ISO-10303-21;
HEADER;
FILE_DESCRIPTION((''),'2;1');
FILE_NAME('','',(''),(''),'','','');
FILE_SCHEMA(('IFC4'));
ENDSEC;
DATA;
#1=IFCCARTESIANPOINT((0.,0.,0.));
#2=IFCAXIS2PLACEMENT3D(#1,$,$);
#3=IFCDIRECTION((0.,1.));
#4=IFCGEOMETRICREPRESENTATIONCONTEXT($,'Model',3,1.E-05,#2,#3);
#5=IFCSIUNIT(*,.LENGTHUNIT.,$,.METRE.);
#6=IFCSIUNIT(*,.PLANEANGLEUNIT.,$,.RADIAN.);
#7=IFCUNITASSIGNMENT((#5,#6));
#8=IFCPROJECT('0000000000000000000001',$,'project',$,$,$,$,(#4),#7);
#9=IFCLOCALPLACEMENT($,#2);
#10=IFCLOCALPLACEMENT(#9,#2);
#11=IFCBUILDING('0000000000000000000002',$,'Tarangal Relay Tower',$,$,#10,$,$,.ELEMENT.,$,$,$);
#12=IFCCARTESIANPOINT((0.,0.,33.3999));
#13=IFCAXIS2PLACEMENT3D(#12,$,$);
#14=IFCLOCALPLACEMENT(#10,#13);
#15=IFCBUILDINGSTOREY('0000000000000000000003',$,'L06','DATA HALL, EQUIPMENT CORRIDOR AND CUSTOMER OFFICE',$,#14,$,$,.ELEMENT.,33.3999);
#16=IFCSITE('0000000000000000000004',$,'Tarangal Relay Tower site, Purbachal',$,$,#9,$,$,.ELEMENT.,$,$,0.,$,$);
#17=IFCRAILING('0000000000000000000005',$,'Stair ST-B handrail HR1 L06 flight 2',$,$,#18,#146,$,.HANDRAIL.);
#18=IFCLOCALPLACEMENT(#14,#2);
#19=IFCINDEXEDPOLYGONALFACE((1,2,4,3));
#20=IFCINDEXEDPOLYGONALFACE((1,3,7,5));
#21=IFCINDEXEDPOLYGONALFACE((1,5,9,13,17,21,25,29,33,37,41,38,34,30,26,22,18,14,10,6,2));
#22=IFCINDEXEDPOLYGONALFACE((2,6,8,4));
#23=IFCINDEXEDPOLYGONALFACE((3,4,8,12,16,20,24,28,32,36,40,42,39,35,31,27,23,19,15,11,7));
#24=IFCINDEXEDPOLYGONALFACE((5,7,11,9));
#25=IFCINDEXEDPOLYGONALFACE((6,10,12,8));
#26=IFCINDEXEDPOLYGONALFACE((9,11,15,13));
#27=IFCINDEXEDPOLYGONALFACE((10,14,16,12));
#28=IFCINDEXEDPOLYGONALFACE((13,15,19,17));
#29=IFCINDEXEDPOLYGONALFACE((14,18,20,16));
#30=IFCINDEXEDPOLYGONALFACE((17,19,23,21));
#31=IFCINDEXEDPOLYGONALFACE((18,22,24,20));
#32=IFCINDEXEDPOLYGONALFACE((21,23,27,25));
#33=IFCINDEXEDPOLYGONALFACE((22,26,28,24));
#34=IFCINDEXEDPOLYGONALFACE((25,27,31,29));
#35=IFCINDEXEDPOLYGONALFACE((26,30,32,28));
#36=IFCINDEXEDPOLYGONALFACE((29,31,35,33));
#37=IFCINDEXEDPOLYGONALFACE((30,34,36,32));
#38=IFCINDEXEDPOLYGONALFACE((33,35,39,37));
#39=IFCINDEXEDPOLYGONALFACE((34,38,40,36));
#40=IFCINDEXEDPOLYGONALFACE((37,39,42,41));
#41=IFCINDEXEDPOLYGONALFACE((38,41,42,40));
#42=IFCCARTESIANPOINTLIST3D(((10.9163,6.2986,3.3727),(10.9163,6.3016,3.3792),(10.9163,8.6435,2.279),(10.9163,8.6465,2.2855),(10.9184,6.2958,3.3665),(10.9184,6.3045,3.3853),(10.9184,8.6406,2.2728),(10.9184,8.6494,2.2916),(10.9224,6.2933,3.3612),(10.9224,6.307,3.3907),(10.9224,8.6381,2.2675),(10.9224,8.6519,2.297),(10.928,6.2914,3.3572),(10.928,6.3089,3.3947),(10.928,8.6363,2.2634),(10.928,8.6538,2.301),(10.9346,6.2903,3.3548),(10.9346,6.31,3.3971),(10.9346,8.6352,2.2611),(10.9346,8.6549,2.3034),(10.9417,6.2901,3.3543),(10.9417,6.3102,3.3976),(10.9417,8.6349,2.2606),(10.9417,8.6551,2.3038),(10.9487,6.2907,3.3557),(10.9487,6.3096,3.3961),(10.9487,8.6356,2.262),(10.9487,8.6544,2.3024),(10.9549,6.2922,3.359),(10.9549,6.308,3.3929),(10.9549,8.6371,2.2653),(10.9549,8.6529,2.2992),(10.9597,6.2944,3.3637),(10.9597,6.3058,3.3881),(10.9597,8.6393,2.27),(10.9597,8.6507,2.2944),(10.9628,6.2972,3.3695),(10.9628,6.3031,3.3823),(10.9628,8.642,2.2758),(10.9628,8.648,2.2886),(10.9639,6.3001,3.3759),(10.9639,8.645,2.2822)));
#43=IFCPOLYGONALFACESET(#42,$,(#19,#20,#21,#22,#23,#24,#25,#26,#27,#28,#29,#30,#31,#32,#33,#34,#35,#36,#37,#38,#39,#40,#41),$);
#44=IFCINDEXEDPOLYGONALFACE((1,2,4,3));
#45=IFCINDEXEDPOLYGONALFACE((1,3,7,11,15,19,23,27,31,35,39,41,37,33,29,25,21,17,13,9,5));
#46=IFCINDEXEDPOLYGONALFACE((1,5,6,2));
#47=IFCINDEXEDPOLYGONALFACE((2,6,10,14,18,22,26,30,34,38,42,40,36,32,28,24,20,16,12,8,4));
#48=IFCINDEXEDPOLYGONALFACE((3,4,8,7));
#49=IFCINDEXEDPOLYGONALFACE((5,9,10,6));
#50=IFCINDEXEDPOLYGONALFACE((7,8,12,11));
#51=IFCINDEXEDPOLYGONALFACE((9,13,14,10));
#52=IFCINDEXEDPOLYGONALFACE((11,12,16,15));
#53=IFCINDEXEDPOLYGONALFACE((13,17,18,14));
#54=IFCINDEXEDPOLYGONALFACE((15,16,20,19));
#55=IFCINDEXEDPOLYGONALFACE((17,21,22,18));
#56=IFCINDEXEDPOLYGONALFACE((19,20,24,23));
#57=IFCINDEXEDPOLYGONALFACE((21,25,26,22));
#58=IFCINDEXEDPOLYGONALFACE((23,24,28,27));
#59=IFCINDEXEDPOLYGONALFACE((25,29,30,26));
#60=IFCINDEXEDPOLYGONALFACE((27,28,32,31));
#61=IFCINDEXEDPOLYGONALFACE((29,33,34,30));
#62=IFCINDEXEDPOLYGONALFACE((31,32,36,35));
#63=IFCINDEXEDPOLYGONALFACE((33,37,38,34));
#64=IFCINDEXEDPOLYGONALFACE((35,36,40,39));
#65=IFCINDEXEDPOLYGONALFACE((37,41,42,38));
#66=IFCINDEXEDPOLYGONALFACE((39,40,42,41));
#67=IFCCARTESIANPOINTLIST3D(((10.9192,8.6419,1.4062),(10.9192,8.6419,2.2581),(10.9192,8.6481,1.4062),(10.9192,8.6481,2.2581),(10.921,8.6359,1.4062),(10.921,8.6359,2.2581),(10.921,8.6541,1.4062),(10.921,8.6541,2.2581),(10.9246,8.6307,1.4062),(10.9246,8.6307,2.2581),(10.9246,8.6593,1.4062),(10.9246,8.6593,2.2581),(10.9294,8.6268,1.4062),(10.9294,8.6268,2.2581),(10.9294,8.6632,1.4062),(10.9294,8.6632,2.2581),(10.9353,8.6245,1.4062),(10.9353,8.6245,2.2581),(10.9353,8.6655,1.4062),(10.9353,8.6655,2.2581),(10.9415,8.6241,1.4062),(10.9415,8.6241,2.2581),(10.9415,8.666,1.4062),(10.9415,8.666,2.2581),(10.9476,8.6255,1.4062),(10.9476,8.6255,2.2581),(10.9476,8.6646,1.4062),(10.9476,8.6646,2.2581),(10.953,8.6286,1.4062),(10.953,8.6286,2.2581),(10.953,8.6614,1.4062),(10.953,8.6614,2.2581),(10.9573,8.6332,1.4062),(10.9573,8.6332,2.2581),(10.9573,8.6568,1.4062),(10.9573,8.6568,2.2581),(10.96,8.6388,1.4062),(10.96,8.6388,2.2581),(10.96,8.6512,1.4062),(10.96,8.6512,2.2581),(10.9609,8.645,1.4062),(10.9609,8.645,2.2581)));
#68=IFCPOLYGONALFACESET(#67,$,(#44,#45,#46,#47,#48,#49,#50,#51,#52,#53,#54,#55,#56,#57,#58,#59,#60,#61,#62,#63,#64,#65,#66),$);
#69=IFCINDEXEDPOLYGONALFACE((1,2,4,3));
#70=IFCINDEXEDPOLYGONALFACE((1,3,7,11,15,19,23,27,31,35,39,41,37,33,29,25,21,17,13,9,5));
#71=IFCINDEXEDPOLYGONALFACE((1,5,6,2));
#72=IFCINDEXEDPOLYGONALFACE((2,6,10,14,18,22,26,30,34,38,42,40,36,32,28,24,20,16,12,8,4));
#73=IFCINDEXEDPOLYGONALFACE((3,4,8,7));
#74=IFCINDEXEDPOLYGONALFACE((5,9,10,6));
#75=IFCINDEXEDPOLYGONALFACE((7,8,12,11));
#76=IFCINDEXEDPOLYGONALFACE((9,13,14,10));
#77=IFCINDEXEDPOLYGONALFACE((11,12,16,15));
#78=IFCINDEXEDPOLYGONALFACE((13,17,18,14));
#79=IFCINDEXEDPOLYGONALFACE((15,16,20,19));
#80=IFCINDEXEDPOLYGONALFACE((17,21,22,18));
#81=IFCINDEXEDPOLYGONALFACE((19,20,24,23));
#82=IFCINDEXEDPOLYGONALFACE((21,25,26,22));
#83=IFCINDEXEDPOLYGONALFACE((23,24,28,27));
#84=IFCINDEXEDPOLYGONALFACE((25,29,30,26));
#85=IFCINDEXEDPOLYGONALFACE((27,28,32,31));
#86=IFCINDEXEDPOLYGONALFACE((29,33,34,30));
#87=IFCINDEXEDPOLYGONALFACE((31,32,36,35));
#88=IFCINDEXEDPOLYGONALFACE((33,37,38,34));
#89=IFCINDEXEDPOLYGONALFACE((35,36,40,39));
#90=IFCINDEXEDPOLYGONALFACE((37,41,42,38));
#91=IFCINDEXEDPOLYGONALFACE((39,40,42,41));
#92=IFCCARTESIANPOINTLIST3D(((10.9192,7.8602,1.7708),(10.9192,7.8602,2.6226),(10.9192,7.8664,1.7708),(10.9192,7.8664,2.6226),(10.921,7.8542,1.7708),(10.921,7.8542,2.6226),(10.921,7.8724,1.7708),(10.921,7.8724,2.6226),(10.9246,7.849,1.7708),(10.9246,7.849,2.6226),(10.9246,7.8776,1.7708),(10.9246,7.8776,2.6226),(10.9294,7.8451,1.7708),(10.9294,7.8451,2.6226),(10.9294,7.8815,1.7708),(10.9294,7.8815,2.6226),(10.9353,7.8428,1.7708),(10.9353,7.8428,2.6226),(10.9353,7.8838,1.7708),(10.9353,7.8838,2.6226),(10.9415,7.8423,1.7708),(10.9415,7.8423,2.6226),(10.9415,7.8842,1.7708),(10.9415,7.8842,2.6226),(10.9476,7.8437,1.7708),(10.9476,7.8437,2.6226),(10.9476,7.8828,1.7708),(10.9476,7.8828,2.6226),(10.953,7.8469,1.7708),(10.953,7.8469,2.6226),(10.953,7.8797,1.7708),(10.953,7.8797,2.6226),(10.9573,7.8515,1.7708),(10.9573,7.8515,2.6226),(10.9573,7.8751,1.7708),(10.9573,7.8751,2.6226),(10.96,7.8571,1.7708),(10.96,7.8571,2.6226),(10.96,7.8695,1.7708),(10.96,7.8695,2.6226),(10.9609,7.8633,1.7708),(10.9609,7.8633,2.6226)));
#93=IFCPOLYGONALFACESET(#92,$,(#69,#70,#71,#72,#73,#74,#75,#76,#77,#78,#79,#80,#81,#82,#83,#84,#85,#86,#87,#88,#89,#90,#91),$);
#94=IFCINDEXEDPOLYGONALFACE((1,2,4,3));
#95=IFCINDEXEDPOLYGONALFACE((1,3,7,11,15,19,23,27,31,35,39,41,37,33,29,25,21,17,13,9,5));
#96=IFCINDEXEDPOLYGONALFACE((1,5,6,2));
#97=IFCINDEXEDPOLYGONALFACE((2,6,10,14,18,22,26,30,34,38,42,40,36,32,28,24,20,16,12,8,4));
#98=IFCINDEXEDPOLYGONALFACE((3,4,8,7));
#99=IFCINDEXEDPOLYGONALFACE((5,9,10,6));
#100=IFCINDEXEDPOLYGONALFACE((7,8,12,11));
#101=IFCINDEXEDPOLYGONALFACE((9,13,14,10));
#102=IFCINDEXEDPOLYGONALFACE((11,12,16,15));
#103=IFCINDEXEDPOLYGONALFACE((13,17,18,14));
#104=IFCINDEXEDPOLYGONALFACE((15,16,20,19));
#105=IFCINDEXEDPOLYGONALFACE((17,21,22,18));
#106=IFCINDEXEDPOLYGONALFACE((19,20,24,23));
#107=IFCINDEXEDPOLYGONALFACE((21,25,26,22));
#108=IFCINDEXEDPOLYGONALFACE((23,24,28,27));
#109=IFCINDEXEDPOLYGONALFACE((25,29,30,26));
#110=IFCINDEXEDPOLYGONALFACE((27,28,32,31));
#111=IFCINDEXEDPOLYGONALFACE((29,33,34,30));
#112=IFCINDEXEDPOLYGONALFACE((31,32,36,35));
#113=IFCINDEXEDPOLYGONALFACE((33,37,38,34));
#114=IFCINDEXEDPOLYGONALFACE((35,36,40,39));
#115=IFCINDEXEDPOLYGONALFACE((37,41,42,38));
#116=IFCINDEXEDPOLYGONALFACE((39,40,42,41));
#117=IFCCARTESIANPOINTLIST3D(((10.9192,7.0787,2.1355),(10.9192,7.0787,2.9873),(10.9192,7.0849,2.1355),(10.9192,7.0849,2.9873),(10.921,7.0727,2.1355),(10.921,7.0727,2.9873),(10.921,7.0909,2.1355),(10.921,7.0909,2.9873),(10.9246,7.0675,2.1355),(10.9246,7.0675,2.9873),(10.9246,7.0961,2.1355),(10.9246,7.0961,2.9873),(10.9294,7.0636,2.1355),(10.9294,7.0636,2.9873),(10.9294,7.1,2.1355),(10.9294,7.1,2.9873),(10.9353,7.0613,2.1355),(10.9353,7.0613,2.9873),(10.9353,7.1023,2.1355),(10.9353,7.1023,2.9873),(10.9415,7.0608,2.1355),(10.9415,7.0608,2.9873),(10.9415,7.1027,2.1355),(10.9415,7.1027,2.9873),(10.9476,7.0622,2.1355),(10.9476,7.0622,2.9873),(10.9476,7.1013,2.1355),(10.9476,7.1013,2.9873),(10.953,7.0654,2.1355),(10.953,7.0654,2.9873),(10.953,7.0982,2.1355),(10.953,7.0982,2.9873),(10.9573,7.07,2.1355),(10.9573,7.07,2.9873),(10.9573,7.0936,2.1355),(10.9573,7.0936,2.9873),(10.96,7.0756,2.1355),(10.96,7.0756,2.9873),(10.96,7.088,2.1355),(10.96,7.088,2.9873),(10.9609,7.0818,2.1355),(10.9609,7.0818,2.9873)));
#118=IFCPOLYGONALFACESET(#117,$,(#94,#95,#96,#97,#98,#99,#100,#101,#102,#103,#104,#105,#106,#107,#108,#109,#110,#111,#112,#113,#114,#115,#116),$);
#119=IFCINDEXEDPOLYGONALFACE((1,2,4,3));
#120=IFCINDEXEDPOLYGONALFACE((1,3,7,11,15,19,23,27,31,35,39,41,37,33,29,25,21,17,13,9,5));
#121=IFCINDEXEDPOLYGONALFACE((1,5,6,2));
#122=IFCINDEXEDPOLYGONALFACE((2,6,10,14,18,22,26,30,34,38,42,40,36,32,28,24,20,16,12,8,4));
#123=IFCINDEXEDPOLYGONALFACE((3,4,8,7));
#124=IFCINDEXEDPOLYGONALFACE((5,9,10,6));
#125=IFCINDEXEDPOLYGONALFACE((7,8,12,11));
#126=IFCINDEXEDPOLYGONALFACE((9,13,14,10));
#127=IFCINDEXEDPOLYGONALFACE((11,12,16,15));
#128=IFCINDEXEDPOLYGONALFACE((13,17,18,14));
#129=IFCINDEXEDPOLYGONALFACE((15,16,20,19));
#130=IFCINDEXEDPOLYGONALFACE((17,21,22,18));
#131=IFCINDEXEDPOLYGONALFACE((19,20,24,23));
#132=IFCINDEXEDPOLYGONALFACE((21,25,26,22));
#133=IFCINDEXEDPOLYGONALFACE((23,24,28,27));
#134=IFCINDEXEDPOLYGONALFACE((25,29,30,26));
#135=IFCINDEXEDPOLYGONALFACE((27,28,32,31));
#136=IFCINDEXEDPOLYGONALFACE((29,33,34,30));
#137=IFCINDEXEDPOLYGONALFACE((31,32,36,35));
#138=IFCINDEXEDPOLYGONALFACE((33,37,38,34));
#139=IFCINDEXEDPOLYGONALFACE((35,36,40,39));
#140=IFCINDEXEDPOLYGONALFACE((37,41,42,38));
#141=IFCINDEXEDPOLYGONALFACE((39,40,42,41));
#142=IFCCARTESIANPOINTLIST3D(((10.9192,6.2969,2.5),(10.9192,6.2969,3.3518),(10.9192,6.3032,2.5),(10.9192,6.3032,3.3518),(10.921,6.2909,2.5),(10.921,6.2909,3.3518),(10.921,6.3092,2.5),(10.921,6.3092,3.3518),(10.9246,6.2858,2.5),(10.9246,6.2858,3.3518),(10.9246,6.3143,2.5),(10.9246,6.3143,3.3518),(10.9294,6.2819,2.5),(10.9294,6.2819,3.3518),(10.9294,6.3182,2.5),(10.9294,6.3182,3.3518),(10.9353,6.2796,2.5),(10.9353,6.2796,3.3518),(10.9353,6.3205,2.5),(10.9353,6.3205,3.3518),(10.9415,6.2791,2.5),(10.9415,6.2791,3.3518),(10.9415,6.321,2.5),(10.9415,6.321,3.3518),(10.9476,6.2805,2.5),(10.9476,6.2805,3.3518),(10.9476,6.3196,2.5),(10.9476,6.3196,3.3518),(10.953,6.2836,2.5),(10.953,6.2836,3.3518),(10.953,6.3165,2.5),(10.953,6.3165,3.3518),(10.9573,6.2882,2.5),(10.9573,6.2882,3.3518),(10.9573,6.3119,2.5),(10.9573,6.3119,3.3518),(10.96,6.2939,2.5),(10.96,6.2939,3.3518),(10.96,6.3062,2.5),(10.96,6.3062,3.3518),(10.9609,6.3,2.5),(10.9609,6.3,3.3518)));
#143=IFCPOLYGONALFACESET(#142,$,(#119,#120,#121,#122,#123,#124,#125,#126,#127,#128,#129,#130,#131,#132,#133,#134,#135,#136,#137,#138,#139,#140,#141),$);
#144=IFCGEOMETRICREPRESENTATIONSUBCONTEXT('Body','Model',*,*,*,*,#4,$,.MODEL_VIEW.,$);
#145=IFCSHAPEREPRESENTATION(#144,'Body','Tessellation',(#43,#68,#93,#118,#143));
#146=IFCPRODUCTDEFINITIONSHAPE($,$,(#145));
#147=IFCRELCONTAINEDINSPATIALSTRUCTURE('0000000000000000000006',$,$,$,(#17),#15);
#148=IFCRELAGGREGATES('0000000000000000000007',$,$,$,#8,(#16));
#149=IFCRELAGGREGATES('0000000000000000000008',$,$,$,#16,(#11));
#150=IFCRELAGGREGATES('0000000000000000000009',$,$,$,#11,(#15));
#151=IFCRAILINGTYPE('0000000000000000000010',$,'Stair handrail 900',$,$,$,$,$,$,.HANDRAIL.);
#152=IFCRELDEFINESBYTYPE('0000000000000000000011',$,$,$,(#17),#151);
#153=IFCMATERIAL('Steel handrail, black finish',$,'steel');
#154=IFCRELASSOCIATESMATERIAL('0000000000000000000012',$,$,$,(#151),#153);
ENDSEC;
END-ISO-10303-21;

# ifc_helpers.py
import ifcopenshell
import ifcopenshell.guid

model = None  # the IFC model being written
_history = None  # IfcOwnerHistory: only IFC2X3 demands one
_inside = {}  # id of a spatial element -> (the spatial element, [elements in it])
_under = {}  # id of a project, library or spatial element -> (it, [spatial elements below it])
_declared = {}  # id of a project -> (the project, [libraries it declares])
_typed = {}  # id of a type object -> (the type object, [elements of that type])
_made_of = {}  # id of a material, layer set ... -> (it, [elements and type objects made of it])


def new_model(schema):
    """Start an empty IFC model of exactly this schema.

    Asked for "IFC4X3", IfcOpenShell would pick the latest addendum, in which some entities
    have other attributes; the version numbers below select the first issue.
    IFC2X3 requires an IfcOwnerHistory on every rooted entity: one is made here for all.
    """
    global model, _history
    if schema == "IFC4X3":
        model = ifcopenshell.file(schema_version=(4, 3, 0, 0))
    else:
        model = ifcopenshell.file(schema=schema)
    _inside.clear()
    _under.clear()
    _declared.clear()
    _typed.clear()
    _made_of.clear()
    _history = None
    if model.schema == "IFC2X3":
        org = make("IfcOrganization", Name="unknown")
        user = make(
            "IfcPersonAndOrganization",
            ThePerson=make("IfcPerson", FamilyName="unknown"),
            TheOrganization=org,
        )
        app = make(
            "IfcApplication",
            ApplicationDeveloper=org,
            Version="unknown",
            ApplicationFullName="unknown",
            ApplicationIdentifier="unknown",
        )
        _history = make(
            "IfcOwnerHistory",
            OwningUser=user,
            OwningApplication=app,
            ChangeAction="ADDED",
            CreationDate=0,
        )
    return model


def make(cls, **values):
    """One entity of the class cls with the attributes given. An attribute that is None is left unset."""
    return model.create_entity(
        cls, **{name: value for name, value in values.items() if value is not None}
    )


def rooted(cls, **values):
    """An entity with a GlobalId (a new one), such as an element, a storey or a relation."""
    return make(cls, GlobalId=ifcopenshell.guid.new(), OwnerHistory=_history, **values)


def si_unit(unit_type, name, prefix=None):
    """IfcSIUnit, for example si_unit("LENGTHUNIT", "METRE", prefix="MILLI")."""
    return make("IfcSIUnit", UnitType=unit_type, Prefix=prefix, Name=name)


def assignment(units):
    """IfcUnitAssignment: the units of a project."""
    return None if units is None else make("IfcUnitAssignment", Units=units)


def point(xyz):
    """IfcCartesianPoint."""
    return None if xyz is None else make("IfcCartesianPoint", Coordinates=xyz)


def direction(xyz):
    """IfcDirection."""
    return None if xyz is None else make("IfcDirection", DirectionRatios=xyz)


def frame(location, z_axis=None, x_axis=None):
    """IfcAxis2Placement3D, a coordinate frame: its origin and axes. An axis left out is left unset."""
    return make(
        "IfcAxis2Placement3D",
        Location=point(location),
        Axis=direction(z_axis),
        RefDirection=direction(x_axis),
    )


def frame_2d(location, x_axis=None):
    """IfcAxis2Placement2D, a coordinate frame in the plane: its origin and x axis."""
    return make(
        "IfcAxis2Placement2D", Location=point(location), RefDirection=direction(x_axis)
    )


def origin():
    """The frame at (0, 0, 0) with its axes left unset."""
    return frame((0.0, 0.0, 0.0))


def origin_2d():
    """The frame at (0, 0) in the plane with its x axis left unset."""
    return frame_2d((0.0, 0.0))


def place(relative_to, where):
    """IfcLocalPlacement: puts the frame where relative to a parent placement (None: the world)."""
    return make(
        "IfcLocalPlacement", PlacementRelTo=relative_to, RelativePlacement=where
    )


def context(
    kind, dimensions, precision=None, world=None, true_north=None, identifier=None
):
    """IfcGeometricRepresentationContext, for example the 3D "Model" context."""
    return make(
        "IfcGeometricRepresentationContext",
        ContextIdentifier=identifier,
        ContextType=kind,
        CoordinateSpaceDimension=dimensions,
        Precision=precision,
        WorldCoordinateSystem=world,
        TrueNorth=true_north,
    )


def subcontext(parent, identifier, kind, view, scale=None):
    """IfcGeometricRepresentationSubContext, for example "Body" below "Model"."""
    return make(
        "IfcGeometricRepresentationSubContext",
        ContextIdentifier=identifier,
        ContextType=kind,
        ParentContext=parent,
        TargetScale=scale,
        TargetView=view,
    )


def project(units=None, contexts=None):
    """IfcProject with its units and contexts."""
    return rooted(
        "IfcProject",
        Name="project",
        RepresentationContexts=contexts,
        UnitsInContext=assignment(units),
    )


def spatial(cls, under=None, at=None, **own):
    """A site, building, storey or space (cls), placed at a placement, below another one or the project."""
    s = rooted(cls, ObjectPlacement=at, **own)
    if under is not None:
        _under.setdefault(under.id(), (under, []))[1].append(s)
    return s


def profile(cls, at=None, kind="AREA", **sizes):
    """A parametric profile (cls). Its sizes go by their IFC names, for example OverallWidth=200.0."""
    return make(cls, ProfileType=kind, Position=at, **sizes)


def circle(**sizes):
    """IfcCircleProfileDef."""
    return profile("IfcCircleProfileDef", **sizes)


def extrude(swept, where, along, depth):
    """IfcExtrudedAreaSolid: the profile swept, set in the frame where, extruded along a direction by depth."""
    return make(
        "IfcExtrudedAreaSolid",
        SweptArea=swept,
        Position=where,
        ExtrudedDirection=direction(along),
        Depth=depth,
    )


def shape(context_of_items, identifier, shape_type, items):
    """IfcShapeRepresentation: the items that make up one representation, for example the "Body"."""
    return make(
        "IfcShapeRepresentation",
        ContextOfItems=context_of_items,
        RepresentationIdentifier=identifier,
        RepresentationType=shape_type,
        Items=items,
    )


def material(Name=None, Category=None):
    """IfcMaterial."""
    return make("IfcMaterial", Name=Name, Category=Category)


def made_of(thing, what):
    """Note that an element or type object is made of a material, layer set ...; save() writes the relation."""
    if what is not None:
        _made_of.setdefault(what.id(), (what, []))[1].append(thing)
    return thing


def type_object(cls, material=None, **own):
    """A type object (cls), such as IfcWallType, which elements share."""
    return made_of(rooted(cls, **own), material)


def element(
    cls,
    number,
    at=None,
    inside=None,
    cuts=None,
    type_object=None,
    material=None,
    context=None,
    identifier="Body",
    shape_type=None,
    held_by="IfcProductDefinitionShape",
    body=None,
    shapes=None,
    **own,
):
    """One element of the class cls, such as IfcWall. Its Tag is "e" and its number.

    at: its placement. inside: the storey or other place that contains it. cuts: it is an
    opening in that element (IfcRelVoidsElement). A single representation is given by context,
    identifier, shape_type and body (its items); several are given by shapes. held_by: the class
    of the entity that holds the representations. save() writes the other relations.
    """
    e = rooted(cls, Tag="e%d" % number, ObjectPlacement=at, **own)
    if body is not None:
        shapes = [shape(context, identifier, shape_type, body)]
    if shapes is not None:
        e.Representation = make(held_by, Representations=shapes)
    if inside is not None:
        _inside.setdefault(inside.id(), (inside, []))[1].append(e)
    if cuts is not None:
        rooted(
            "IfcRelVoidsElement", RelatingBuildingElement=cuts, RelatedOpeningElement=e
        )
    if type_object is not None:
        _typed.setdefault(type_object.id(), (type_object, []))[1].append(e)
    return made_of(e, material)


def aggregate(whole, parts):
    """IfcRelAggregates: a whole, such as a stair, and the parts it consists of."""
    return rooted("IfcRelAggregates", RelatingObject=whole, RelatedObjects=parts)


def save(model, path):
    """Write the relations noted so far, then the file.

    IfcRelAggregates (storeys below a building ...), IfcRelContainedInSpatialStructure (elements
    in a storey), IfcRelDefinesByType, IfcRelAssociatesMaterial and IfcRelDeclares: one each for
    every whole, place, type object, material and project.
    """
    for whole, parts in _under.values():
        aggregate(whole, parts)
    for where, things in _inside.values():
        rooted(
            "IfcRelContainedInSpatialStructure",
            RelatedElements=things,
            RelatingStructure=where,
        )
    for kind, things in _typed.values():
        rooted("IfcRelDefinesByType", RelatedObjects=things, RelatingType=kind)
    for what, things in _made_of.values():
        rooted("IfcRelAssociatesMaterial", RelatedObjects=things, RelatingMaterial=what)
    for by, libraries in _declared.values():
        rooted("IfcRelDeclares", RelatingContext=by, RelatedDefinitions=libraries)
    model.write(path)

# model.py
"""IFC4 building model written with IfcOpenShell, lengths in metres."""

from ifc_helpers import new_model, si_unit, direction, frame, origin, origin_2d, place, context, subcontext, project, spatial, circle, extrude, material, type_object, element, save


model = new_model("IFC4")

# Units and contexts
model_context = context("Model", 3, precision=1e-05, world=origin(), true_north=direction((0.0, 1.0)))
body_context = subcontext(model_context, "Body", "Model", "MODEL_VIEW")
ifc_project = project(units=[si_unit("LENGTHUNIT", "METRE"), si_unit("PLANEANGLEUNIT", "RADIAN")], contexts=[model_context])

# Site, building, storey
site_placement = place(None, origin())
site = spatial("IfcSite", under=ifc_project, at=site_placement, Name="Tarangal Relay Tower site, Purbachal", CompositionType="ELEMENT", RefElevation=0.0)
building_placement = place(site_placement, origin())
building = spatial("IfcBuilding", under=site, at=building_placement, Name="Tarangal Relay Tower", CompositionType="ELEMENT")
storey_placement = place(building_placement, frame((0.0, 0.0, 33.3999)))
storey = spatial("IfcBuildingStorey", under=building, at=storey_placement, Name="L06", Description="DATA HALL, EQUIPMENT CORRIDOR AND CUSTOMER OFFICE", CompositionType="ELEMENT", Elevation=33.3999)

# Railing
ifc_material_1 = material(Name="Steel handrail, black finish", Category="steel")
railing_type_1 = type_object("IfcRailingType", Name="Stair handrail 900", PredefinedType="HANDRAIL", material=ifc_material_1)
for number, where, name in (
    (1, (10.9399, 8.645, 1.4062), "Stair ST-B handrail HR1 L06 flight 2"),
):
    element("IfcRailing", number, at=place(storey_placement, frame(where)), inside=storey, type_object=railing_type_1, Name=name, PredefinedType="HANDRAIL", context=body_context, shape_type="SweptSolid", body=[
        extrude(circle(Radius=0.0239, at=origin_2d()), frame((0.0, 0.0, 0.876), z_axis=(0.0, -0.906267, 0.422705), x_axis=(1.0, 0.0, 0.0)), (0.0, 0.0, 1.0), 2.5874),
        extrude(circle(Radius=0.021, at=origin_2d()), origin(), (0.0, 0.0, 1.0), 0.8518),
        extrude(circle(Radius=0.021, at=origin_2d()), frame((0.0, -0.7817, 0.3645)), (0.0, 0.0, 1.0), 0.8518),
        extrude(circle(Radius=0.021, at=origin_2d()), frame((0.0, -1.5632, 0.7292)), (0.0, 0.0, 1.0), 0.8518),
        extrude(circle(Radius=0.021, at=origin_2d()), frame((0.0, -2.345, 1.0938)), (0.0, 0.0, 1.0), 0.8518),
    ])

save(model, "model.ifc")
